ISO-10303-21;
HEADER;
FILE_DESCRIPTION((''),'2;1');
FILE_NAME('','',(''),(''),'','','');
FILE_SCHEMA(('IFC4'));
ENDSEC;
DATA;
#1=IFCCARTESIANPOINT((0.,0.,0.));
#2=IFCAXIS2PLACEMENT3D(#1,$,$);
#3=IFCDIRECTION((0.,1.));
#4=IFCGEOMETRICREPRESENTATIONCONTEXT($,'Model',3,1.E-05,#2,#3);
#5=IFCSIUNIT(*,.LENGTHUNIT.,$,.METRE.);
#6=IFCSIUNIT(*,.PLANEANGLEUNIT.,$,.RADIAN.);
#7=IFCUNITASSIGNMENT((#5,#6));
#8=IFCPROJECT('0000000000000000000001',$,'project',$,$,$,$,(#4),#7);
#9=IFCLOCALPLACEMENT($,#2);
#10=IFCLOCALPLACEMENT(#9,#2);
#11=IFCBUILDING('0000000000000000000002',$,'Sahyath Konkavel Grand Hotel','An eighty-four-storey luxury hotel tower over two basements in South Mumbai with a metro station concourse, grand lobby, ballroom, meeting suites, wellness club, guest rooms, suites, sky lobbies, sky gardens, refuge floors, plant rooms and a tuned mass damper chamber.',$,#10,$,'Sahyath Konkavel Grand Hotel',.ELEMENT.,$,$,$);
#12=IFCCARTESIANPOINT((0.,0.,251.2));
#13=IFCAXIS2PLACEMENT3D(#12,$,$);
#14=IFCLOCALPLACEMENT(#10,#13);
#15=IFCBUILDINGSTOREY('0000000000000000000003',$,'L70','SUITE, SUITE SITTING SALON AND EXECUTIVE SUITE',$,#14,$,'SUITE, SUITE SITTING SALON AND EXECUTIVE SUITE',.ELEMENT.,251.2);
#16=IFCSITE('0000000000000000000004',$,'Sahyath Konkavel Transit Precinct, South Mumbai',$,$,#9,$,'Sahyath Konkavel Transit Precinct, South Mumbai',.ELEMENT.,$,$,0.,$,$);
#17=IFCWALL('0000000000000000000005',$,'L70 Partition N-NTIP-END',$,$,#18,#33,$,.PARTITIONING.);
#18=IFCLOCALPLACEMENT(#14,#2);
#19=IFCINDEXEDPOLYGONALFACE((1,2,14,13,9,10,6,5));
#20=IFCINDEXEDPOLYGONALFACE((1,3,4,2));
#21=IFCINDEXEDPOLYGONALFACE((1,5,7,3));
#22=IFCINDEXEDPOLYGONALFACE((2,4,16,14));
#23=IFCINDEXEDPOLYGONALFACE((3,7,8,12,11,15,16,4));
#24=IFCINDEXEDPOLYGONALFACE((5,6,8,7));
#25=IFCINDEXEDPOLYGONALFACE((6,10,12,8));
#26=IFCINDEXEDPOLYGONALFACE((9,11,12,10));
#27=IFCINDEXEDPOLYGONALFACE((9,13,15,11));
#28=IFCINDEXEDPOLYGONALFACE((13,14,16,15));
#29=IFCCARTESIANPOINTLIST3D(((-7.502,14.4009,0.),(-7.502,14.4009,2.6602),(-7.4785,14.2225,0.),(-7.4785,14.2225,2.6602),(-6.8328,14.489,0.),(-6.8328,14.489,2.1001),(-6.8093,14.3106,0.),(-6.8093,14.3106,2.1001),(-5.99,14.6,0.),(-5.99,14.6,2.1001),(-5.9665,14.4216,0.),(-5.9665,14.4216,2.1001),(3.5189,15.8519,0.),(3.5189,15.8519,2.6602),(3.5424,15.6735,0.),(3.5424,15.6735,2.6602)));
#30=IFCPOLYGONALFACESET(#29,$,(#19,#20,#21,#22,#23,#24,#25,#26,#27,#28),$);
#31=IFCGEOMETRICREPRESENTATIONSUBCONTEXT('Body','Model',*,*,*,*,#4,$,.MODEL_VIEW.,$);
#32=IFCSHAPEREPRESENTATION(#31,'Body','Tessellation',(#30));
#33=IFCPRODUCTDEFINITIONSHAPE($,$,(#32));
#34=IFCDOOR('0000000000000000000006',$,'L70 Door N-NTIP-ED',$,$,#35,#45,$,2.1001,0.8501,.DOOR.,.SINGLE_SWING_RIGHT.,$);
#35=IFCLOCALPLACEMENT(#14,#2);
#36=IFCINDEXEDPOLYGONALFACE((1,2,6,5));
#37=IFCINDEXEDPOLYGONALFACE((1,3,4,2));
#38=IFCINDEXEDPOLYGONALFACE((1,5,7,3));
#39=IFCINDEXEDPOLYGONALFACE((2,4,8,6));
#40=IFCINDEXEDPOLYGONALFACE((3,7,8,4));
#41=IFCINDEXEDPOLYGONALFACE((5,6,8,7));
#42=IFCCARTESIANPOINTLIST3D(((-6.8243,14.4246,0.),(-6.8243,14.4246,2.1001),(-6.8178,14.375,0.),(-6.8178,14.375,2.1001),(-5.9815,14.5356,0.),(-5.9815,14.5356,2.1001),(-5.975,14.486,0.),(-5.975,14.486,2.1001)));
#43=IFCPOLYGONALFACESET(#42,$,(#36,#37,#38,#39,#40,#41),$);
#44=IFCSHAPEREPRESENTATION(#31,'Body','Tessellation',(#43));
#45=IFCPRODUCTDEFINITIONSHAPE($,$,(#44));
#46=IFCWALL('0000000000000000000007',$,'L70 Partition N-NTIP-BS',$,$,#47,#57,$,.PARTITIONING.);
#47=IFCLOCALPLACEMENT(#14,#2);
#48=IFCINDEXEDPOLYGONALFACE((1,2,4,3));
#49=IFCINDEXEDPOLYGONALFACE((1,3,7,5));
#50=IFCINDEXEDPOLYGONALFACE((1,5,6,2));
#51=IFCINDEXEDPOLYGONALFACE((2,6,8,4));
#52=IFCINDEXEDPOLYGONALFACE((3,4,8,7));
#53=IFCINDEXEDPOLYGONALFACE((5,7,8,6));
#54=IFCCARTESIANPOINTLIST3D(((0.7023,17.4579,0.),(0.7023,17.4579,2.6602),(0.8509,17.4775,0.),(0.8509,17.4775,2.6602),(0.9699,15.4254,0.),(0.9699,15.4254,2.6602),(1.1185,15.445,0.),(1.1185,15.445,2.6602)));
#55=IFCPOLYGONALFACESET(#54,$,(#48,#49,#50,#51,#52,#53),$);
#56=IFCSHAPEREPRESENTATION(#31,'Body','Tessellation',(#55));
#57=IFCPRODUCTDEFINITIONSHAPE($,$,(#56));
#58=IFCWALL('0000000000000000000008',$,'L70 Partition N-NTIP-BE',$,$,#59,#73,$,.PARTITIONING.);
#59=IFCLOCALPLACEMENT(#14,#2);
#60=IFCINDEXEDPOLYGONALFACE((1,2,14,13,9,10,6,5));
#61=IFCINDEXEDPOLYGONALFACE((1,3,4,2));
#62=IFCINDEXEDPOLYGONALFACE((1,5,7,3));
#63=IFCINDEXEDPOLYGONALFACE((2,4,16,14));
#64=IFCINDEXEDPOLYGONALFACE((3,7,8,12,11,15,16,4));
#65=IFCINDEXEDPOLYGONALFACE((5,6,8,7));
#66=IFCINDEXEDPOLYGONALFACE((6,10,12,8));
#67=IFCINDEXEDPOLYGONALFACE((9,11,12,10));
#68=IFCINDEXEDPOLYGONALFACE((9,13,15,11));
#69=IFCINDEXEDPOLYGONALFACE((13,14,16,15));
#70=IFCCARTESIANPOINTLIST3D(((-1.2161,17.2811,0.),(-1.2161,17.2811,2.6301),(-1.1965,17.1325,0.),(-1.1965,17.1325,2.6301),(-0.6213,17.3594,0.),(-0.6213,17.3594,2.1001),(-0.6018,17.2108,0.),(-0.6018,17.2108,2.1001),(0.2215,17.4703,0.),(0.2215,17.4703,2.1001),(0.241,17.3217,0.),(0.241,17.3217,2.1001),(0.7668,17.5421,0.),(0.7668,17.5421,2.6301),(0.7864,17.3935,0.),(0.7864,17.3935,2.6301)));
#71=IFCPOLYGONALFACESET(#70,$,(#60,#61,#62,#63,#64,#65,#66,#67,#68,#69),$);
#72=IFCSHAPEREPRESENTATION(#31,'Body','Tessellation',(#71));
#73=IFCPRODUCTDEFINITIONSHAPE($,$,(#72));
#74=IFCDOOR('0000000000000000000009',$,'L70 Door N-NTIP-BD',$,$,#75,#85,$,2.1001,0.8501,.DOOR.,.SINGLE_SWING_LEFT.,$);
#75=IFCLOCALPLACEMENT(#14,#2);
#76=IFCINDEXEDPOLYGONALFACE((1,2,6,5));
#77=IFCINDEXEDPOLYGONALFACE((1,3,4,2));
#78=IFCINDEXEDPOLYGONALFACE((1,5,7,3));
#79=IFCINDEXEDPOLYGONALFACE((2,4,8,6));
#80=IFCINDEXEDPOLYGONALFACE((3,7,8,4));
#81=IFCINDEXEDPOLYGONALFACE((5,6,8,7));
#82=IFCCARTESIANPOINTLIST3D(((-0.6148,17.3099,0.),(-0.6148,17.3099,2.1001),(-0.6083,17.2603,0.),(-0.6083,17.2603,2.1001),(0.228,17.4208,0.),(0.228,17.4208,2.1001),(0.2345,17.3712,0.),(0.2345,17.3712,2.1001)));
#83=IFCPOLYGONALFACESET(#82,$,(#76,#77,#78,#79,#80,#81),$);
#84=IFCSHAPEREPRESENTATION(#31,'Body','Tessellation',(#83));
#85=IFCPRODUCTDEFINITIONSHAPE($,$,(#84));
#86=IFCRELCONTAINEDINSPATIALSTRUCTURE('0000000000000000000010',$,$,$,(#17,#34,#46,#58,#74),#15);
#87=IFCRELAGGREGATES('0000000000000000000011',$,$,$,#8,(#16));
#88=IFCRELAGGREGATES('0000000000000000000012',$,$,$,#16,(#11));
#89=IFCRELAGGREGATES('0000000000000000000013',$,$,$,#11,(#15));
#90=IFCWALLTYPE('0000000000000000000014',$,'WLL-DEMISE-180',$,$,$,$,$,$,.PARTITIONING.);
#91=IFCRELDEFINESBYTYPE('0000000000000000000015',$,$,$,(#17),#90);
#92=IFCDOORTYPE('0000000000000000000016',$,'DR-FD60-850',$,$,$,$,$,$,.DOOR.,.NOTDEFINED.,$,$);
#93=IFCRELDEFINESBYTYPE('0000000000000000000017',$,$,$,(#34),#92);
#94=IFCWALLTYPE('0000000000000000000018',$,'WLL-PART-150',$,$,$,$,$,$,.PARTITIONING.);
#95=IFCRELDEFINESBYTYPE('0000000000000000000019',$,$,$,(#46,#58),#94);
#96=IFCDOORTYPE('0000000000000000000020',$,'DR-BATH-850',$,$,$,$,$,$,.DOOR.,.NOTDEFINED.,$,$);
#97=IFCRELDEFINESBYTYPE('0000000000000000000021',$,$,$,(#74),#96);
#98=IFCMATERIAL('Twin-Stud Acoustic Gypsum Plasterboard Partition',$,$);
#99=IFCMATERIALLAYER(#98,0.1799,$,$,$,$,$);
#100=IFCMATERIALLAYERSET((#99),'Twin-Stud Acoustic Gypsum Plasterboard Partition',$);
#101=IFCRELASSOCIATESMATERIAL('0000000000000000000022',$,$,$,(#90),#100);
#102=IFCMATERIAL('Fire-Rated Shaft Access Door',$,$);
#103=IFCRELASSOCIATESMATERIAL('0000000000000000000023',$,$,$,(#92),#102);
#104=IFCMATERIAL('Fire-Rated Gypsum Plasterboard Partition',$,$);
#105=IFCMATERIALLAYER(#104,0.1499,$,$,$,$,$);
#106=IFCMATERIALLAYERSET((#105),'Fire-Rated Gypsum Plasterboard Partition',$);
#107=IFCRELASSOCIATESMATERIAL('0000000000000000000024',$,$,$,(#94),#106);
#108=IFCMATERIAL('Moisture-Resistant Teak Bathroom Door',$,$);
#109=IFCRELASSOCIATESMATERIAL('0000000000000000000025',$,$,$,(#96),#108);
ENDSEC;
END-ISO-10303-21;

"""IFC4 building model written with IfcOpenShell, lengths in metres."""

from ifc_helpers import new_model, si_unit, direction, frame, frame_2d, origin, origin_2d, place, context, subcontext, project, spatial, rectangle, extrude, source, transform, mapped, material, layer, layer_set, type_object, element, fill, save


model = new_model("IFC4")

# Units and contexts
model_context = context("Model", 3, precision=1e-05, world=origin(), true_north=direction((0.0, 1.0)))
body_context = subcontext(model_context, "Body", "Model", "MODEL_VIEW")
ifc_project = project(units=[si_unit("LENGTHUNIT", "METRE"), si_unit("PLANEANGLEUNIT", "RADIAN")], contexts=[model_context])

# Site, building, storey
site_placement = place(None, origin())
site = spatial("IfcSite", under=ifc_project, at=site_placement, Name="Sahyath Konkavel Transit Precinct, South Mumbai", LongName="Sahyath Konkavel Transit Precinct, South Mumbai", CompositionType="ELEMENT", RefElevation=0.0)
building_placement = place(site_placement, origin())
building = spatial("IfcBuilding", under=site, at=building_placement, Name="Sahyath Konkavel Grand Hotel", Description="An eighty-four-storey luxury hotel tower over two basements in South Mumbai with a metro station concourse, grand lobby, ballroom, meeting suites, wellness club, guest rooms, suites, sky lobbies, sky gardens, refuge floors, plant rooms and a tuned mass damper chamber.", LongName="Sahyath Konkavel Grand Hotel", CompositionType="ELEMENT")
storey_placement = place(building_placement, frame((0.0, 0.0, 251.2)))
storey = spatial("IfcBuildingStorey", under=building, at=storey_placement, Name="L70", Description="SUITE, SUITE SITTING SALON AND EXECUTIVE SUITE", LongName="SUITE, SUITE SITTING SALON AND EXECUTIVE SUITE", CompositionType="ELEMENT", Elevation=251.2)

# Wall, opening, door
ifc_material_1 = material(Name="Twin-Stud Acoustic Gypsum Plasterboard Partition")
ifc_layer_1 = layer(ifc_material_1, 0.1799)
ifc_layer_set_1 = layer_set([ifc_layer_1], Name="Twin-Stud Acoustic Gypsum Plasterboard Partition")
wall_type_1 = type_object("IfcWallType", Name="WLL-DEMISE-180", PredefinedType="PARTITIONING", material=ifc_layer_set_1)
wall_1_placement = place(storey_placement, frame((3.5308, 15.7627, 0.0), z_axis=(0.0, 0.0, 1.0), x_axis=(-0.991445, -0.130528, 0.0)))
wall_1 = element("IfcWall", 1, at=wall_1_placement, inside=storey, type_object=wall_type_1, Name="L70 Partition N-NTIP-END", PredefinedType="PARTITIONING", context=body_context, shape_type="SweptSolid", body=[
    extrude(rectangle(XDim=11.116, YDim=0.1799, at=frame_2d((5.5581, 0.0))), origin(), (0.0, 0.0, 1.0), 2.6602),
])
opening_1_placement = place(wall_1_placement, frame((9.5911, 0.0, 0.0)))
opening_1 = element("IfcOpeningElement", 2, at=opening_1_placement, cuts=wall_1, PredefinedType="OPENING", context=body_context, shape_type="SweptSolid", body=[
    extrude(rectangle(XDim=0.8501, YDim=2.1001, at=frame_2d((0.425, 1.05))), frame((0.0, 0.1001, 0.0), z_axis=(0.0, -1.0, 0.0), x_axis=(1.0, 0.0, 0.0)), (0.0, 0.0, 1.0), 0.2),
])
ifc_material_2 = material(Name="Fire-Rated Shaft Access Door")
door_type_1 = type_object("IfcDoorType", Name="DR-FD60-850", OperationType="NOTDEFINED", PredefinedType="DOOR", material=ifc_material_2)
shared_shape_1 = source(origin(), body_context, "Body", "SweptSolid", [
    extrude(rectangle(XDim=0.8501, YDim=0.05, at=origin_2d()), origin(), (0.0, 0.0, 1.0), 2.1001),
])
door_1_placement = place(opening_1_placement, frame((0.425, 0.0, 0.0)))
door_1 = element("IfcDoor", 3, at=door_1_placement, inside=storey, type_object=door_type_1, Name="L70 Door N-NTIP-ED", OperationType="SINGLE_SWING_RIGHT", OverallHeight=2.1001, OverallWidth=0.8501, PredefinedType="DOOR", context=body_context, shape_type="MappedRepresentation", body=[
    mapped(shared_shape_1, transform((0.0, 0.0, 0.0), scale=1.0)),
])
fill(opening_1, door_1)

# Wall
ifc_material_3 = material(Name="Fire-Rated Gypsum Plasterboard Partition")
ifc_layer_2 = layer(ifc_material_3, 0.1499)
ifc_layer_set_2 = layer_set([ifc_layer_2], Name="Fire-Rated Gypsum Plasterboard Partition")
wall_type_2 = type_object("IfcWallType", Name="WLL-PART-150", PredefinedType="PARTITIONING", material=ifc_layer_set_2)
wall_2_placement = place(storey_placement, frame((1.0442, 15.4353, 0.0), z_axis=(0.0, 0.0, 1.0), x_axis=(-0.130525, 0.991445, 0.0)))
element("IfcWall", 4, at=wall_2_placement, inside=storey, type_object=wall_type_2, Name="L70 Partition N-NTIP-BS", PredefinedType="PARTITIONING", context=body_context, shape_type="SweptSolid", body=[
    extrude(rectangle(XDim=2.05, YDim=0.1499, at=frame_2d((1.0249, 0.0))), origin(), (0.0, 0.0, 1.0), 2.6602),
])

# Wall, opening, door
wall_3_placement = place(storey_placement, frame((0.7766, 17.4678, 0.0), z_axis=(0.0, 0.0, 1.0), x_axis=(-0.991449, -0.130492, 0.0)))
wall_3 = element("IfcWall", 5, at=wall_3_placement, inside=storey, type_object=wall_type_2, Name="L70 Partition N-NTIP-BE", PredefinedType="PARTITIONING", context=body_context, shape_type="SweptSolid", body=[
    extrude(rectangle(XDim=2.0, YDim=0.1499, at=frame_2d((1.0, 0.0))), origin(), (0.0, 0.0, 1.0), 2.6301),
])
opening_2_placement = place(wall_3_placement, frame((0.55, 0.0, 0.0)))
opening_2 = element("IfcOpeningElement", 6, at=opening_2_placement, cuts=wall_3, PredefinedType="OPENING", context=body_context, shape_type="SweptSolid", body=[
    extrude(rectangle(XDim=0.8501, YDim=2.1001, at=frame_2d((0.425, 1.05))), frame((0.0, 0.085, 0.0), z_axis=(0.0, -1.0, 0.0), x_axis=(1.0, 0.0, 0.0)), (0.0, 0.0, 1.0), 0.1699),
])
ifc_material_4 = material(Name="Moisture-Resistant Teak Bathroom Door")
door_type_2 = type_object("IfcDoorType", Name="DR-BATH-850", OperationType="NOTDEFINED", PredefinedType="DOOR", material=ifc_material_4)
door_2_placement = place(opening_2_placement, frame((0.425, 0.0, 0.0)))
door_2 = element("IfcDoor", 7, at=door_2_placement, inside=storey, type_object=door_type_2, Name="L70 Door N-NTIP-BD", OperationType="SINGLE_SWING_LEFT", OverallHeight=2.1001, OverallWidth=0.8501, PredefinedType="DOOR", context=body_context, shape_type="MappedRepresentation", body=[
    mapped(shared_shape_1, transform((0.0, 0.0, 0.0), scale=1.0)),
])
fill(opening_2, door_2)

save(model, "model.ifc")
